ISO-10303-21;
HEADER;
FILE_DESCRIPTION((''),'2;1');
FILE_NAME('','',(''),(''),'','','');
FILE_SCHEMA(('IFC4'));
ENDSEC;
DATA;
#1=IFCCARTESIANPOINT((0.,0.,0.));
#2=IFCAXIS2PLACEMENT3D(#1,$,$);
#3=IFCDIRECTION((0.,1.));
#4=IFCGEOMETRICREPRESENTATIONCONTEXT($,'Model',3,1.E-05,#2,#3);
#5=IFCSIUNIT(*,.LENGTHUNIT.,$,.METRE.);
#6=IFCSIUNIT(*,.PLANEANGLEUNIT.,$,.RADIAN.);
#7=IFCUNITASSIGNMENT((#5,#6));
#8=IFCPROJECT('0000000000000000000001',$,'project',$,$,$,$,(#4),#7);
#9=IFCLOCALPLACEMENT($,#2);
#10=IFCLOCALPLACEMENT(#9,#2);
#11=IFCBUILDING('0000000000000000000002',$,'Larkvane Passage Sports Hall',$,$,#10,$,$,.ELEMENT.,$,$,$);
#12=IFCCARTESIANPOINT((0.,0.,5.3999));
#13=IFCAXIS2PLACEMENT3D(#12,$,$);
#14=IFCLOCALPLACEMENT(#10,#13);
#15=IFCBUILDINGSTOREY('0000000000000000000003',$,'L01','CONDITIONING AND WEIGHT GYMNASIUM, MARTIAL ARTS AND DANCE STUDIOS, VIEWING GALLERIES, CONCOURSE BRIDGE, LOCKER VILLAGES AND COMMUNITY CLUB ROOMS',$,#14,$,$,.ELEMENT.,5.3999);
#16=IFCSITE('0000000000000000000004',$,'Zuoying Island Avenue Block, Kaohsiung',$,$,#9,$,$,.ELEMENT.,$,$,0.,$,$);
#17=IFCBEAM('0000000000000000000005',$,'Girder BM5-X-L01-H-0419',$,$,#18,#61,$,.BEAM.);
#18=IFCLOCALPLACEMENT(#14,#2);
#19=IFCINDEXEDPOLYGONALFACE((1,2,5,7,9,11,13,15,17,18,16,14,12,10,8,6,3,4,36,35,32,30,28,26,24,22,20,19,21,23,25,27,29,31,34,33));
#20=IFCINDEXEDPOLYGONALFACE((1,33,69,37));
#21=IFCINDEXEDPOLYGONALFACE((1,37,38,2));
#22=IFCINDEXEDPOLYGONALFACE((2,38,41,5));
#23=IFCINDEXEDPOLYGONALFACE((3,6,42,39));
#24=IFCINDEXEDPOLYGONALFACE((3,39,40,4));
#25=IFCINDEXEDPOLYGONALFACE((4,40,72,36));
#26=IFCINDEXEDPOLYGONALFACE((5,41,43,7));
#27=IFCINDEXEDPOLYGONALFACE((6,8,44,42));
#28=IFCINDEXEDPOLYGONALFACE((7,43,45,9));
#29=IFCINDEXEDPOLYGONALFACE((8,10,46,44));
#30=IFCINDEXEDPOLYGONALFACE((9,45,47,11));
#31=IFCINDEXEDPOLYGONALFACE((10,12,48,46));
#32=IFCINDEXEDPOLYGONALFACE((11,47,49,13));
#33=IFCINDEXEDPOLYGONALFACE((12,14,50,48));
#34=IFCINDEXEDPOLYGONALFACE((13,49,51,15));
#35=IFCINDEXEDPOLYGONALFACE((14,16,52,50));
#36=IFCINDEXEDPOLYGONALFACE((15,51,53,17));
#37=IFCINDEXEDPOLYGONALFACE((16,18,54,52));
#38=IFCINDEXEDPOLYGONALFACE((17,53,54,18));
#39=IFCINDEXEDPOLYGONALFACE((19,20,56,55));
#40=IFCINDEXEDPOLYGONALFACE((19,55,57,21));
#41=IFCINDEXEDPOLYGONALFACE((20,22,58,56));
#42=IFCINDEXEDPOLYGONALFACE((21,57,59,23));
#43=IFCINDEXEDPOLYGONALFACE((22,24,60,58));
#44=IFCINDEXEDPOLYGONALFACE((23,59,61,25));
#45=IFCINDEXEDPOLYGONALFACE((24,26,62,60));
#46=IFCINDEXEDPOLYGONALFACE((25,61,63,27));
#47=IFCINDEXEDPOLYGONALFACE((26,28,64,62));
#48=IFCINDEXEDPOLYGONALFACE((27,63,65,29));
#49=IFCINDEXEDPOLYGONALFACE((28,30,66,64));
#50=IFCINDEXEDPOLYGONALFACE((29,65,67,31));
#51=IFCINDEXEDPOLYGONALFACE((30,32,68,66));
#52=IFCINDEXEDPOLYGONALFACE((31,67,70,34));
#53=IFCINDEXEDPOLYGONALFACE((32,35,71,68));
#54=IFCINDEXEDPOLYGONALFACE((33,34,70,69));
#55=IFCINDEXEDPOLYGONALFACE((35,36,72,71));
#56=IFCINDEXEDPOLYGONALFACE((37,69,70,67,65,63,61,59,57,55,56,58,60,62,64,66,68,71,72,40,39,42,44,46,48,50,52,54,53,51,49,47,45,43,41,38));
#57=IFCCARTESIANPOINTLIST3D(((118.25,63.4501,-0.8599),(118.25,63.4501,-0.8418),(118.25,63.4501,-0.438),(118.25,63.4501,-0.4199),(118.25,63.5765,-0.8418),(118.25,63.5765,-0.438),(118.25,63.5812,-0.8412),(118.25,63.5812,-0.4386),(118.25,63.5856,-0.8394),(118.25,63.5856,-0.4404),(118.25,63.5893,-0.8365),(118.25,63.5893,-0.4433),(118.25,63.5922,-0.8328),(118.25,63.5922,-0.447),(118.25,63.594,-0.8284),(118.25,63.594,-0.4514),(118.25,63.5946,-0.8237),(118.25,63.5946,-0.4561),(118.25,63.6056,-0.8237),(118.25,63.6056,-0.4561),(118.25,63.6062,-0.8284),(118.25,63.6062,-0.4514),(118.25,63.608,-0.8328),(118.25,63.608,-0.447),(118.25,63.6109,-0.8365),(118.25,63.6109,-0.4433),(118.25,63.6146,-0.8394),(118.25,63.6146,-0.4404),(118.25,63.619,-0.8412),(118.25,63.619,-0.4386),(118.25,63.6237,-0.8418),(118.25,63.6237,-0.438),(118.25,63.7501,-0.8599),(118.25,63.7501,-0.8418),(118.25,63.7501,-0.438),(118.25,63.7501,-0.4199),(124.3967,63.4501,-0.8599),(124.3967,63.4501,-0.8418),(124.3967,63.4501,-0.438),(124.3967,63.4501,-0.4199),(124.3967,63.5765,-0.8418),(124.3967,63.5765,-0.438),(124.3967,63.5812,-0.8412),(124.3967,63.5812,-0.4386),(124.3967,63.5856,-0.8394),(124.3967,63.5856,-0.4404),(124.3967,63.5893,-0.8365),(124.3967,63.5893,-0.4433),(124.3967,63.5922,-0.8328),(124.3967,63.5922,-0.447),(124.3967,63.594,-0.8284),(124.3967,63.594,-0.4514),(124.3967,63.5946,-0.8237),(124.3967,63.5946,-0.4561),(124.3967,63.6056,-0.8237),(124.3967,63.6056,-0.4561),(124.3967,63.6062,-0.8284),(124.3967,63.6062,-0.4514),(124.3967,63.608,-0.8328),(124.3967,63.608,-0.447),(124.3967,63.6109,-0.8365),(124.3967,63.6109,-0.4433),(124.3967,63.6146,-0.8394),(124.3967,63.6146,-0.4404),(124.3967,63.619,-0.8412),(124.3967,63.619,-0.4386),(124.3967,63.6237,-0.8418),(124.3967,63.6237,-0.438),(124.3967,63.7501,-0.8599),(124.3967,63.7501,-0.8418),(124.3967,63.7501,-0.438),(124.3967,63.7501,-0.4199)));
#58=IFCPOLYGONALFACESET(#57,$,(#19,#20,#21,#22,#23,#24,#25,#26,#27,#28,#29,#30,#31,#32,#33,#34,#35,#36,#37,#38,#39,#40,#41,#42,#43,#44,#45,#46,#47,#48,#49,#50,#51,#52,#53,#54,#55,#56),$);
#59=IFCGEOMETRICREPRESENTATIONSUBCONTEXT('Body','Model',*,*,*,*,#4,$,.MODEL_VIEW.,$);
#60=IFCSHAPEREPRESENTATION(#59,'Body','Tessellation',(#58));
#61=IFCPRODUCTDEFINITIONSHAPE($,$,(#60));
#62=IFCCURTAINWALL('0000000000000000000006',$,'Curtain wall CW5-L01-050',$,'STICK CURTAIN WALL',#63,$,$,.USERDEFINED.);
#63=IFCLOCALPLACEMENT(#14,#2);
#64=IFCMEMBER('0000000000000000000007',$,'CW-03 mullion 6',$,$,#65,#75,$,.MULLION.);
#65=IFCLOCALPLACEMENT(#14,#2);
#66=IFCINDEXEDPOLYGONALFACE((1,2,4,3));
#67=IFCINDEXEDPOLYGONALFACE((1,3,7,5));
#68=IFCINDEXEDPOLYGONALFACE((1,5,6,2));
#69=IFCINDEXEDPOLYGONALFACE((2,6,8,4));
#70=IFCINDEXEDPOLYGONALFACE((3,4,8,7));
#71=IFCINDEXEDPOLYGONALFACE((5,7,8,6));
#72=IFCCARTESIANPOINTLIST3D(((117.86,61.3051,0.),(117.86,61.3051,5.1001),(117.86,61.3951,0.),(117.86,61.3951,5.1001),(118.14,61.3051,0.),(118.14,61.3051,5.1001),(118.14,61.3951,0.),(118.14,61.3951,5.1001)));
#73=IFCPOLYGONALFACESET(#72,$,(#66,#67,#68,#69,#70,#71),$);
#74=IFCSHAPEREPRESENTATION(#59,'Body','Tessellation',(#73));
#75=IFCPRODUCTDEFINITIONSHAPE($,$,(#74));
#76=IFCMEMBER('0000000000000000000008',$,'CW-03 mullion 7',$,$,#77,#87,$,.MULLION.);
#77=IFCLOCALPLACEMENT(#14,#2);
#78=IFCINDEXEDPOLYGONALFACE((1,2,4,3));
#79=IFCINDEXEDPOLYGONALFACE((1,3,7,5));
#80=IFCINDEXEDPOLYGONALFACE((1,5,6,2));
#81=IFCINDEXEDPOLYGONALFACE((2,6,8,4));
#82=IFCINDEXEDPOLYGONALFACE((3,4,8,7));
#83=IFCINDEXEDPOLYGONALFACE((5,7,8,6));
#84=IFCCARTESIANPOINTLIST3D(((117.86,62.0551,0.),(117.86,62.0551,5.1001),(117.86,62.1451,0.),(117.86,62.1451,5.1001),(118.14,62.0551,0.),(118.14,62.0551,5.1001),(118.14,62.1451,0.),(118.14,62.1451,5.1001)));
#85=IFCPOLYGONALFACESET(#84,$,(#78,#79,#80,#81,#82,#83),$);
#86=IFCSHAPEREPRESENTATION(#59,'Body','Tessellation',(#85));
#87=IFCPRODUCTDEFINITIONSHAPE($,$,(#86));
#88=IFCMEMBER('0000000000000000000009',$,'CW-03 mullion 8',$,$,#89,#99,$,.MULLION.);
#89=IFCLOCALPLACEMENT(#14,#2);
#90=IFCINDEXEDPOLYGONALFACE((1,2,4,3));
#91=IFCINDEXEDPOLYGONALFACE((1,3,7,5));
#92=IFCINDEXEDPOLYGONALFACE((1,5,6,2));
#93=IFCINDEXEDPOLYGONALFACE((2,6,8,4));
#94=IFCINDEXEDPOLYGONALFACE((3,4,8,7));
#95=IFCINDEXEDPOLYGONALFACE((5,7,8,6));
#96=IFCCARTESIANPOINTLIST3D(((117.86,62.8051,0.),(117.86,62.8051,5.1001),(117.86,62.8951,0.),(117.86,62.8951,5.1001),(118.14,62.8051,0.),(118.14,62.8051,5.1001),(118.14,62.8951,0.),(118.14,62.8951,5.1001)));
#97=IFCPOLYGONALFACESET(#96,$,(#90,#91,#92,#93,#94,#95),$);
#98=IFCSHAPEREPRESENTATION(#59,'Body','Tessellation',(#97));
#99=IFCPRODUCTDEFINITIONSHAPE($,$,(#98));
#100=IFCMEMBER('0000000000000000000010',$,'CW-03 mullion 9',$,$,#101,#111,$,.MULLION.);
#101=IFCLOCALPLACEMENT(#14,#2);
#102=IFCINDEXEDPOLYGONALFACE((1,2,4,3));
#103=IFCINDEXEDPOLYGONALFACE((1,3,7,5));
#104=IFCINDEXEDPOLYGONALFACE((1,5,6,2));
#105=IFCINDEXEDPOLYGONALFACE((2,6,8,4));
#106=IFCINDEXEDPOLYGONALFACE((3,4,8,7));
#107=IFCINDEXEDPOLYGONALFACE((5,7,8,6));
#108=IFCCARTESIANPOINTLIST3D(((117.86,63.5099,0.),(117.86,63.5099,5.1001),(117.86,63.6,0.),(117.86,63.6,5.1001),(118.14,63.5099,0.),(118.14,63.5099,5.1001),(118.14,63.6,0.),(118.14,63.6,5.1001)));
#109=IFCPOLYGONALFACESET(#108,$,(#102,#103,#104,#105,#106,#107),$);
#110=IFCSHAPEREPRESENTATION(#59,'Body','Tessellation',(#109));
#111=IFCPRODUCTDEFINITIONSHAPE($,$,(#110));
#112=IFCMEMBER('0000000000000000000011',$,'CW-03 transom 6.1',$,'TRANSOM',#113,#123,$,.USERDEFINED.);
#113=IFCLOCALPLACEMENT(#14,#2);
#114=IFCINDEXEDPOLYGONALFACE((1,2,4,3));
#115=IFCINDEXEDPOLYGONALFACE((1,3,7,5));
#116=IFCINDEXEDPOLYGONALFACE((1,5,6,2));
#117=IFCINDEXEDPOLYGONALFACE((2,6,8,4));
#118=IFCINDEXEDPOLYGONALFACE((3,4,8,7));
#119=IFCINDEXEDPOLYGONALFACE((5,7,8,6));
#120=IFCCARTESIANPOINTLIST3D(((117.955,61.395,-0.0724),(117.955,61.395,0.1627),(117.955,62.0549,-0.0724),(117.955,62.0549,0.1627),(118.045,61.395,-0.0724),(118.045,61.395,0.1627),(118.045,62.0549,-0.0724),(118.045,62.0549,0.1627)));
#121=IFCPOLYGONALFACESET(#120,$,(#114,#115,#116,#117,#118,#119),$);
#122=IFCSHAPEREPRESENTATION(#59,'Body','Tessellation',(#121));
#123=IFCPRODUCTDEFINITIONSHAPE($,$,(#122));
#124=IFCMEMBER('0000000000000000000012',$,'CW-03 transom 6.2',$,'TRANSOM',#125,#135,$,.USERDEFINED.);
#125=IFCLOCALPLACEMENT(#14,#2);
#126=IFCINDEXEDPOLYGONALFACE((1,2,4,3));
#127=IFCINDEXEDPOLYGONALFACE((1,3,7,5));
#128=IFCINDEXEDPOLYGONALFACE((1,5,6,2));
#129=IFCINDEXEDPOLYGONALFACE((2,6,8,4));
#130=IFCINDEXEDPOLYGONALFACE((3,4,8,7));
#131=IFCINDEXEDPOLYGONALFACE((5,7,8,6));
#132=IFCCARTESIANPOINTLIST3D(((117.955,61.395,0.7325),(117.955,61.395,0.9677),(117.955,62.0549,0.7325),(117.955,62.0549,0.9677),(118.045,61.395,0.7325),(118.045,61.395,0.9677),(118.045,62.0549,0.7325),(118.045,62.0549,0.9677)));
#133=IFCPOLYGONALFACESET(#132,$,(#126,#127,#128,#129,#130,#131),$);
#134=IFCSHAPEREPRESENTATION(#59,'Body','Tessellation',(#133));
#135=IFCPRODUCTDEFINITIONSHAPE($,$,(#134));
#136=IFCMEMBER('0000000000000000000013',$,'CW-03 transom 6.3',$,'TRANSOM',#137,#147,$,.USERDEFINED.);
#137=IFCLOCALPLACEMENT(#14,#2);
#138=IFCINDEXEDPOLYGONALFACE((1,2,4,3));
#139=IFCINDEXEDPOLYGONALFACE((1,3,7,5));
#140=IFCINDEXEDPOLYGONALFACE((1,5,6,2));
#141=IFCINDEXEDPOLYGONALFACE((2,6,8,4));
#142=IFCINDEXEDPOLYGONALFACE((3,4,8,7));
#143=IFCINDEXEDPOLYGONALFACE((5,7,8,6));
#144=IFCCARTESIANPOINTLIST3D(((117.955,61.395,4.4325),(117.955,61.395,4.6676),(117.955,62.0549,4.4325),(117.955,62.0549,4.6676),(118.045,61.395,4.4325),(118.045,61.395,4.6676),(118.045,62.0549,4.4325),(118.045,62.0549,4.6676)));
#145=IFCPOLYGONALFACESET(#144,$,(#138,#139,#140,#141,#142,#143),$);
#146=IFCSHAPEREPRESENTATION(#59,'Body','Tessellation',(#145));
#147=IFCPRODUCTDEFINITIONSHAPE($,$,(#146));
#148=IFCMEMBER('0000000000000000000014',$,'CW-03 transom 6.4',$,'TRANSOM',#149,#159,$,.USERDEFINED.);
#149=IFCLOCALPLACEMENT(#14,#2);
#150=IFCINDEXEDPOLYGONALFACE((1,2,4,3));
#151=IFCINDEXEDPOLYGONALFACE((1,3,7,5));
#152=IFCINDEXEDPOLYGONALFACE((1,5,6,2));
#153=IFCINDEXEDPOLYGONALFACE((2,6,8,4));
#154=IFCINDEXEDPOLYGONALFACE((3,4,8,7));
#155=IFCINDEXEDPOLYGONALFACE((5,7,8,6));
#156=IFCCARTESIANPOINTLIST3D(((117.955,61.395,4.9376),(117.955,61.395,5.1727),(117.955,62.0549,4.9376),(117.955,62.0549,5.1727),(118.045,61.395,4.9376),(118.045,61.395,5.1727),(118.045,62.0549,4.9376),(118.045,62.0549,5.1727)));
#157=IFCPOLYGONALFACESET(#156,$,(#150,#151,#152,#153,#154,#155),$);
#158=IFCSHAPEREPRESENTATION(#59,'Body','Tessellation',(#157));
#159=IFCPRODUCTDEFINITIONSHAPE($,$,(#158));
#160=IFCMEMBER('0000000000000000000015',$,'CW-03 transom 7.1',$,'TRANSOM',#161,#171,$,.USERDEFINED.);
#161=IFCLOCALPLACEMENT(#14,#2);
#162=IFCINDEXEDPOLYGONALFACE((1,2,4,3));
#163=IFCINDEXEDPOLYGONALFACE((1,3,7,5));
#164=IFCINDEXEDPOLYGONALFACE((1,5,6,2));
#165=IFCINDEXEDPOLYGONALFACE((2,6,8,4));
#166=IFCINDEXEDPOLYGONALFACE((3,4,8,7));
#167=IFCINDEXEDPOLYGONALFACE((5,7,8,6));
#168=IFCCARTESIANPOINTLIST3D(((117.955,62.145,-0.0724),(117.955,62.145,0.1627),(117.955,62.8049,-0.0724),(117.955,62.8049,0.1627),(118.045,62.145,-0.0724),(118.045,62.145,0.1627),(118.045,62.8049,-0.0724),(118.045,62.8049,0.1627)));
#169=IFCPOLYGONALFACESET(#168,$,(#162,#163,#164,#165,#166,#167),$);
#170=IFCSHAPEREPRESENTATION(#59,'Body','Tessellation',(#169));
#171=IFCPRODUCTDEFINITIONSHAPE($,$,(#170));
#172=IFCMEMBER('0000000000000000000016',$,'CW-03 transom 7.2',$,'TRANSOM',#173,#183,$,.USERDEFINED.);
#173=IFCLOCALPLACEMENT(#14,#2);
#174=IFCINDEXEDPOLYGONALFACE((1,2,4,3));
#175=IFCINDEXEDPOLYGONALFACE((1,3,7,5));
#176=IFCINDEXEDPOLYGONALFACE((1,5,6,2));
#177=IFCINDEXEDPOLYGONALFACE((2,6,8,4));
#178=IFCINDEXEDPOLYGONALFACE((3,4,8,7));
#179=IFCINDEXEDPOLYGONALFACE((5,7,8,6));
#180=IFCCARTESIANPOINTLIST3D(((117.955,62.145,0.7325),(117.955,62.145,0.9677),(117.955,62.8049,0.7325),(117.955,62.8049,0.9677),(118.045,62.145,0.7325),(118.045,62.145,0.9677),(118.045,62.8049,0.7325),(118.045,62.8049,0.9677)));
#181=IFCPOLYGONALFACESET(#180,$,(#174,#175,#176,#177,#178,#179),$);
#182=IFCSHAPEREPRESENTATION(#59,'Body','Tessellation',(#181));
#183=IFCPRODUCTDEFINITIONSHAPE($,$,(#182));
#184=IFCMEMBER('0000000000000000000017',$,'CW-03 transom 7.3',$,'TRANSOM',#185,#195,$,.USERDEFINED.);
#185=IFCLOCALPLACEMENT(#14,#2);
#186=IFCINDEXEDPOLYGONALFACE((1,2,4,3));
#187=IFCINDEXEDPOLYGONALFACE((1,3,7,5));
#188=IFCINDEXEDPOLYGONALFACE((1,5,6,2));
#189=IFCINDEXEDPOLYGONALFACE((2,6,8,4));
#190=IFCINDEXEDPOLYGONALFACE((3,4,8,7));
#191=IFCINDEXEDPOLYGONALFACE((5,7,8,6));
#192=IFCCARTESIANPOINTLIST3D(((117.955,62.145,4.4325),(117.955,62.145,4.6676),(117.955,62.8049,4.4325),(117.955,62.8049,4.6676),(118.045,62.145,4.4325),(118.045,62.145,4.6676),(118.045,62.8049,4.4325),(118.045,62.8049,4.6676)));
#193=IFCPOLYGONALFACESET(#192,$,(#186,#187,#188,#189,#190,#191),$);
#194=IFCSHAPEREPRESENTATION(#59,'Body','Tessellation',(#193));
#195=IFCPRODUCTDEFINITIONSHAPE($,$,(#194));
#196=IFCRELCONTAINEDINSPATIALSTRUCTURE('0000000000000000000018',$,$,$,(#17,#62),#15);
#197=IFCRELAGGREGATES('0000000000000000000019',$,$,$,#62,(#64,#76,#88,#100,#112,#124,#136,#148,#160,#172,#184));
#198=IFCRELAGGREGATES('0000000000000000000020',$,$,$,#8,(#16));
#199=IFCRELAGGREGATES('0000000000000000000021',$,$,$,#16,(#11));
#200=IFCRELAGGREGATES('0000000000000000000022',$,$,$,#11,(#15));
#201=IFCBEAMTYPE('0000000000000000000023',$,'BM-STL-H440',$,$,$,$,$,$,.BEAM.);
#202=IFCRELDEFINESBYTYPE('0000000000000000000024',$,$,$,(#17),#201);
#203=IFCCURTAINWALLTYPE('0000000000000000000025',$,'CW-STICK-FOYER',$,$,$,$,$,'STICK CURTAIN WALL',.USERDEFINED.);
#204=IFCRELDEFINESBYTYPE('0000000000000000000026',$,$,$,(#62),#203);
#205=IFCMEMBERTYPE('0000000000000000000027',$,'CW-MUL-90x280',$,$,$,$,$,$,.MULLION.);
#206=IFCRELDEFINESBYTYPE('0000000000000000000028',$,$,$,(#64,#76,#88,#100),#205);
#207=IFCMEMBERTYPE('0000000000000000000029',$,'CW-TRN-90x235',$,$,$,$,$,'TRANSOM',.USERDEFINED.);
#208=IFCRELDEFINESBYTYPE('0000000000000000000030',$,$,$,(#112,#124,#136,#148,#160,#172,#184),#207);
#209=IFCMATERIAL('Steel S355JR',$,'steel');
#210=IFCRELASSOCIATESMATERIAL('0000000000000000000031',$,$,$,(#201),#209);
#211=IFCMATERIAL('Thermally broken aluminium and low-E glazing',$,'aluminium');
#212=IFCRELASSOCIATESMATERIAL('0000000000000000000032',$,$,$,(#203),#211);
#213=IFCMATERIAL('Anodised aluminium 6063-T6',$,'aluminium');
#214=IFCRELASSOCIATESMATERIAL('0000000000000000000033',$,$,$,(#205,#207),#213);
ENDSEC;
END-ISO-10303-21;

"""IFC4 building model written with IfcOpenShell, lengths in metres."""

from ifc_helpers import new_model, si_unit, direction, frame, origin, origin_2d, place, context, subcontext, project, spatial, rectangle, i_section, extrude, material, material_profile, profile_set, type_object, element, aggregate, save


model = new_model("IFC4")

# Units and contexts
model_context = context("Model", 3, precision=1e-05, world=origin(), true_north=direction((0.0, 1.0)))
body_context = subcontext(model_context, "Body", "Model", "MODEL_VIEW")
ifc_project = project(units=[si_unit("LENGTHUNIT", "METRE"), si_unit("PLANEANGLEUNIT", "RADIAN")], contexts=[model_context])

# Site, building, storey
site_placement = place(None, origin())
site = spatial("IfcSite", under=ifc_project, at=site_placement, Name="Zuoying Island Avenue Block, Kaohsiung", CompositionType="ELEMENT", RefElevation=0.0)
building_placement = place(site_placement, origin())
building = spatial("IfcBuilding", under=site, at=building_placement, Name="Larkvane Passage Sports Hall", CompositionType="ELEMENT")
storey_placement = place(building_placement, frame((0.0, 0.0, 5.3999)))
storey = spatial("IfcBuildingStorey", under=building, at=storey_placement, Name="L01", Description="CONDITIONING AND WEIGHT GYMNASIUM, MARTIAL ARTS AND DANCE STUDIOS, VIEWING GALLERIES, CONCOURSE BRIDGE, LOCKER VILLAGES AND COMMUNITY CLUB ROOMS", CompositionType="ELEMENT", Elevation=5.3999)

# Beam
ifc_material_1 = material(Name="Steel S355JR", Category="steel")
ifc_material_profile_1 = material_profile(ifc_material_1, i_section(OverallWidth=0.3, OverallDepth=0.4399, WebThickness=0.011, FlangeThickness=0.0181, FilletRadius=0.0181, at=origin_2d()), Name="H-440x300x11x18")
ifc_profile_set_1 = profile_set([ifc_material_profile_1], Name="Steel S355JR")
beam_type_1 = type_object("IfcBeamType", Name="BM-STL-H440", PredefinedType="BEAM", material=ifc_profile_set_1)
beam_1_placement = place(storey_placement, frame((118.25, 63.6001, -0.6399), z_axis=(1.0, 0.0, 0.0), x_axis=(0.0, 1.0, 0.0)))
element("IfcBeam", 1, at=beam_1_placement, inside=storey, type_object=beam_type_1, Name="Girder BM5-X-L01-H-0419", PredefinedType="BEAM", context=body_context, shape_type="SweptSolid", body=[
    extrude(i_section(OverallWidth=0.3, OverallDepth=0.4399, WebThickness=0.011, FlangeThickness=0.0181, FilletRadius=0.0181, at=origin_2d()), origin(), (0.0, 0.0, 1.0), 6.1467),
])

# Curtain wall, members
ifc_material_2 = material(Name="Thermally broken aluminium and low-E glazing", Category="aluminium")
curtain_wall_type = type_object("IfcCurtainWallType", Name="CW-STICK-FOYER", ElementType="STICK CURTAIN WALL", PredefinedType="USERDEFINED", material=ifc_material_2)
curtain_wall_placement = place(storey_placement, origin())
curtain_wall = element("IfcCurtainWall", 2, at=curtain_wall_placement, inside=storey, type_object=curtain_wall_type, Name="Curtain wall CW5-L01-050", ObjectType="STICK CURTAIN WALL", PredefinedType="USERDEFINED")
ifc_material_3 = material(Name="Anodised aluminium 6063-T6", Category="aluminium")
ifc_material_profile_2 = material_profile(ifc_material_3, rectangle(XDim=0.0901, YDim=0.28, at=origin_2d()), Name="ALU-MUL-90x280")
ifc_profile_set_2 = profile_set([ifc_material_profile_2], Name="Anodised aluminium 6063-T6")
member_type_1 = type_object("IfcMemberType", Name="CW-MUL-90x280", PredefinedType="MULLION", material=ifc_profile_set_2)
member_1_placement = place(storey_placement, frame((118.0, 61.3501, 0.0), z_axis=(0.0, 0.0, 1.0), x_axis=(0.0, 1.0, 0.0)))
member_1 = element("IfcMember", 3, at=member_1_placement, type_object=member_type_1, Name="CW-03 mullion 6", PredefinedType="MULLION", context=body_context, shape_type="SweptSolid", body=[
    extrude(rectangle(XDim=0.0901, YDim=0.28, at=origin_2d()), origin(), (0.0, 0.0, 1.0), 5.1001),
])
member_2_placement = place(storey_placement, frame((118.0, 62.1001, 0.0), z_axis=(0.0, 0.0, 1.0), x_axis=(0.0, 1.0, 0.0)))
member_2 = element("IfcMember", 4, at=member_2_placement, type_object=member_type_1, Name="CW-03 mullion 7", PredefinedType="MULLION", context=body_context, shape_type="SweptSolid", body=[
    extrude(rectangle(XDim=0.0901, YDim=0.28, at=origin_2d()), origin(), (0.0, 0.0, 1.0), 5.1001),
])
member_3_placement = place(storey_placement, frame((118.0, 62.8501, 0.0), z_axis=(0.0, 0.0, 1.0), x_axis=(0.0, 1.0, 0.0)))
member_3 = element("IfcMember", 5, at=member_3_placement, type_object=member_type_1, Name="CW-03 mullion 8", PredefinedType="MULLION", context=body_context, shape_type="SweptSolid", body=[
    extrude(rectangle(XDim=0.0901, YDim=0.28, at=origin_2d()), origin(), (0.0, 0.0, 1.0), 5.1001),
])
member_4_placement = place(storey_placement, frame((118.0, 63.5549, 0.0), z_axis=(0.0, 0.0, 1.0), x_axis=(0.0, 1.0, 0.0)))
member_4 = element("IfcMember", 6, at=member_4_placement, type_object=member_type_1, Name="CW-03 mullion 9", PredefinedType="MULLION", context=body_context, shape_type="SweptSolid", body=[
    extrude(rectangle(XDim=0.0901, YDim=0.28, at=origin_2d()), origin(), (0.0, 0.0, 1.0), 5.1001),
])
ifc_material_profile_3 = material_profile(ifc_material_3, rectangle(XDim=0.0901, YDim=0.2351, at=origin_2d()), Name="ALU-TRN-90x235")
ifc_profile_set_3 = profile_set([ifc_material_profile_3], Name="Anodised aluminium 6063-T6")
member_type_2 = type_object("IfcMemberType", Name="CW-TRN-90x235", ElementType="TRANSOM", PredefinedType="USERDEFINED", material=ifc_profile_set_3)
member_5_placement = place(storey_placement, frame((118.0, 61.395, 0.0452), z_axis=(0.0, 1.0, 0.0), x_axis=(-1.0, 0.0, 0.0)))
member_5 = element("IfcMember", 7, at=member_5_placement, type_object=member_type_2, Name="CW-03 transom 6.1", ObjectType="TRANSOM", PredefinedType="USERDEFINED", context=body_context, shape_type="SweptSolid", body=[
    extrude(rectangle(XDim=0.0901, YDim=0.2351, at=origin_2d()), origin(), (0.0, 0.0, 1.0), 0.6599),
])
member_6_placement = place(storey_placement, frame((118.0, 61.395, 0.8501), z_axis=(0.0, 1.0, 0.0), x_axis=(-1.0, 0.0, 0.0)))
member_6 = element("IfcMember", 8, at=member_6_placement, type_object=member_type_2, Name="CW-03 transom 6.2", ObjectType="TRANSOM", PredefinedType="USERDEFINED", context=body_context, shape_type="SweptSolid", body=[
    extrude(rectangle(XDim=0.0901, YDim=0.2351, at=origin_2d()), origin(), (0.0, 0.0, 1.0), 0.6599),
])
member_7_placement = place(storey_placement, frame((118.0, 61.395, 4.55), z_axis=(0.0, 1.0, 0.0), x_axis=(-1.0, 0.0, 0.0)))
member_7 = element("IfcMember", 9, at=member_7_placement, type_object=member_type_2, Name="CW-03 transom 6.3", ObjectType="TRANSOM", PredefinedType="USERDEFINED", context=body_context, shape_type="SweptSolid", body=[
    extrude(rectangle(XDim=0.0901, YDim=0.2351, at=origin_2d()), origin(), (0.0, 0.0, 1.0), 0.6599),
])
member_8_placement = place(storey_placement, frame((118.0, 61.395, 5.0552), z_axis=(0.0, 1.0, 0.0), x_axis=(-1.0, 0.0, 0.0)))
member_8 = element("IfcMember", 10, at=member_8_placement, type_object=member_type_2, Name="CW-03 transom 6.4", ObjectType="TRANSOM", PredefinedType="USERDEFINED", context=body_context, shape_type="SweptSolid", body=[
    extrude(rectangle(XDim=0.0901, YDim=0.2351, at=origin_2d()), origin(), (0.0, 0.0, 1.0), 0.6599),
])
member_9_placement = place(storey_placement, frame((118.0, 62.145, 0.0452), z_axis=(0.0, 1.0, 0.0), x_axis=(-1.0, 0.0, 0.0)))
member_9 = element("IfcMember", 11, at=member_9_placement, type_object=member_type_2, Name="CW-03 transom 7.1", ObjectType="TRANSOM", PredefinedType="USERDEFINED", context=body_context, shape_type="SweptSolid", body=[
    extrude(rectangle(XDim=0.0901, YDim=0.2351, at=origin_2d()), origin(), (0.0, 0.0, 1.0), 0.6599),
])
member_10_placement = place(storey_placement, frame((118.0, 62.145, 0.8501), z_axis=(0.0, 1.0, 0.0), x_axis=(-1.0, 0.0, 0.0)))
member_10 = element("IfcMember", 12, at=member_10_placement, type_object=member_type_2, Name="CW-03 transom 7.2", ObjectType="TRANSOM", PredefinedType="USERDEFINED", context=body_context, shape_type="SweptSolid", body=[
    extrude(rectangle(XDim=0.0901, YDim=0.2351, at=origin_2d()), origin(), (0.0, 0.0, 1.0), 0.6599),
])
member_11_placement = place(storey_placement, frame((118.0, 62.145, 4.55), z_axis=(0.0, 1.0, 0.0), x_axis=(-1.0, 0.0, 0.0)))
member_11 = element("IfcMember", 13, at=member_11_placement, type_object=member_type_2, Name="CW-03 transom 7.3", ObjectType="TRANSOM", PredefinedType="USERDEFINED", context=body_context, shape_type="SweptSolid", body=[
    extrude(rectangle(XDim=0.0901, YDim=0.2351, at=origin_2d()), origin(), (0.0, 0.0, 1.0), 0.6599),
])

aggregate(curtain_wall, [member_1, member_2, member_3, member_4, member_5, member_6, member_7, member_8, member_9, member_10, member_11])

save(model, "model.ifc")
